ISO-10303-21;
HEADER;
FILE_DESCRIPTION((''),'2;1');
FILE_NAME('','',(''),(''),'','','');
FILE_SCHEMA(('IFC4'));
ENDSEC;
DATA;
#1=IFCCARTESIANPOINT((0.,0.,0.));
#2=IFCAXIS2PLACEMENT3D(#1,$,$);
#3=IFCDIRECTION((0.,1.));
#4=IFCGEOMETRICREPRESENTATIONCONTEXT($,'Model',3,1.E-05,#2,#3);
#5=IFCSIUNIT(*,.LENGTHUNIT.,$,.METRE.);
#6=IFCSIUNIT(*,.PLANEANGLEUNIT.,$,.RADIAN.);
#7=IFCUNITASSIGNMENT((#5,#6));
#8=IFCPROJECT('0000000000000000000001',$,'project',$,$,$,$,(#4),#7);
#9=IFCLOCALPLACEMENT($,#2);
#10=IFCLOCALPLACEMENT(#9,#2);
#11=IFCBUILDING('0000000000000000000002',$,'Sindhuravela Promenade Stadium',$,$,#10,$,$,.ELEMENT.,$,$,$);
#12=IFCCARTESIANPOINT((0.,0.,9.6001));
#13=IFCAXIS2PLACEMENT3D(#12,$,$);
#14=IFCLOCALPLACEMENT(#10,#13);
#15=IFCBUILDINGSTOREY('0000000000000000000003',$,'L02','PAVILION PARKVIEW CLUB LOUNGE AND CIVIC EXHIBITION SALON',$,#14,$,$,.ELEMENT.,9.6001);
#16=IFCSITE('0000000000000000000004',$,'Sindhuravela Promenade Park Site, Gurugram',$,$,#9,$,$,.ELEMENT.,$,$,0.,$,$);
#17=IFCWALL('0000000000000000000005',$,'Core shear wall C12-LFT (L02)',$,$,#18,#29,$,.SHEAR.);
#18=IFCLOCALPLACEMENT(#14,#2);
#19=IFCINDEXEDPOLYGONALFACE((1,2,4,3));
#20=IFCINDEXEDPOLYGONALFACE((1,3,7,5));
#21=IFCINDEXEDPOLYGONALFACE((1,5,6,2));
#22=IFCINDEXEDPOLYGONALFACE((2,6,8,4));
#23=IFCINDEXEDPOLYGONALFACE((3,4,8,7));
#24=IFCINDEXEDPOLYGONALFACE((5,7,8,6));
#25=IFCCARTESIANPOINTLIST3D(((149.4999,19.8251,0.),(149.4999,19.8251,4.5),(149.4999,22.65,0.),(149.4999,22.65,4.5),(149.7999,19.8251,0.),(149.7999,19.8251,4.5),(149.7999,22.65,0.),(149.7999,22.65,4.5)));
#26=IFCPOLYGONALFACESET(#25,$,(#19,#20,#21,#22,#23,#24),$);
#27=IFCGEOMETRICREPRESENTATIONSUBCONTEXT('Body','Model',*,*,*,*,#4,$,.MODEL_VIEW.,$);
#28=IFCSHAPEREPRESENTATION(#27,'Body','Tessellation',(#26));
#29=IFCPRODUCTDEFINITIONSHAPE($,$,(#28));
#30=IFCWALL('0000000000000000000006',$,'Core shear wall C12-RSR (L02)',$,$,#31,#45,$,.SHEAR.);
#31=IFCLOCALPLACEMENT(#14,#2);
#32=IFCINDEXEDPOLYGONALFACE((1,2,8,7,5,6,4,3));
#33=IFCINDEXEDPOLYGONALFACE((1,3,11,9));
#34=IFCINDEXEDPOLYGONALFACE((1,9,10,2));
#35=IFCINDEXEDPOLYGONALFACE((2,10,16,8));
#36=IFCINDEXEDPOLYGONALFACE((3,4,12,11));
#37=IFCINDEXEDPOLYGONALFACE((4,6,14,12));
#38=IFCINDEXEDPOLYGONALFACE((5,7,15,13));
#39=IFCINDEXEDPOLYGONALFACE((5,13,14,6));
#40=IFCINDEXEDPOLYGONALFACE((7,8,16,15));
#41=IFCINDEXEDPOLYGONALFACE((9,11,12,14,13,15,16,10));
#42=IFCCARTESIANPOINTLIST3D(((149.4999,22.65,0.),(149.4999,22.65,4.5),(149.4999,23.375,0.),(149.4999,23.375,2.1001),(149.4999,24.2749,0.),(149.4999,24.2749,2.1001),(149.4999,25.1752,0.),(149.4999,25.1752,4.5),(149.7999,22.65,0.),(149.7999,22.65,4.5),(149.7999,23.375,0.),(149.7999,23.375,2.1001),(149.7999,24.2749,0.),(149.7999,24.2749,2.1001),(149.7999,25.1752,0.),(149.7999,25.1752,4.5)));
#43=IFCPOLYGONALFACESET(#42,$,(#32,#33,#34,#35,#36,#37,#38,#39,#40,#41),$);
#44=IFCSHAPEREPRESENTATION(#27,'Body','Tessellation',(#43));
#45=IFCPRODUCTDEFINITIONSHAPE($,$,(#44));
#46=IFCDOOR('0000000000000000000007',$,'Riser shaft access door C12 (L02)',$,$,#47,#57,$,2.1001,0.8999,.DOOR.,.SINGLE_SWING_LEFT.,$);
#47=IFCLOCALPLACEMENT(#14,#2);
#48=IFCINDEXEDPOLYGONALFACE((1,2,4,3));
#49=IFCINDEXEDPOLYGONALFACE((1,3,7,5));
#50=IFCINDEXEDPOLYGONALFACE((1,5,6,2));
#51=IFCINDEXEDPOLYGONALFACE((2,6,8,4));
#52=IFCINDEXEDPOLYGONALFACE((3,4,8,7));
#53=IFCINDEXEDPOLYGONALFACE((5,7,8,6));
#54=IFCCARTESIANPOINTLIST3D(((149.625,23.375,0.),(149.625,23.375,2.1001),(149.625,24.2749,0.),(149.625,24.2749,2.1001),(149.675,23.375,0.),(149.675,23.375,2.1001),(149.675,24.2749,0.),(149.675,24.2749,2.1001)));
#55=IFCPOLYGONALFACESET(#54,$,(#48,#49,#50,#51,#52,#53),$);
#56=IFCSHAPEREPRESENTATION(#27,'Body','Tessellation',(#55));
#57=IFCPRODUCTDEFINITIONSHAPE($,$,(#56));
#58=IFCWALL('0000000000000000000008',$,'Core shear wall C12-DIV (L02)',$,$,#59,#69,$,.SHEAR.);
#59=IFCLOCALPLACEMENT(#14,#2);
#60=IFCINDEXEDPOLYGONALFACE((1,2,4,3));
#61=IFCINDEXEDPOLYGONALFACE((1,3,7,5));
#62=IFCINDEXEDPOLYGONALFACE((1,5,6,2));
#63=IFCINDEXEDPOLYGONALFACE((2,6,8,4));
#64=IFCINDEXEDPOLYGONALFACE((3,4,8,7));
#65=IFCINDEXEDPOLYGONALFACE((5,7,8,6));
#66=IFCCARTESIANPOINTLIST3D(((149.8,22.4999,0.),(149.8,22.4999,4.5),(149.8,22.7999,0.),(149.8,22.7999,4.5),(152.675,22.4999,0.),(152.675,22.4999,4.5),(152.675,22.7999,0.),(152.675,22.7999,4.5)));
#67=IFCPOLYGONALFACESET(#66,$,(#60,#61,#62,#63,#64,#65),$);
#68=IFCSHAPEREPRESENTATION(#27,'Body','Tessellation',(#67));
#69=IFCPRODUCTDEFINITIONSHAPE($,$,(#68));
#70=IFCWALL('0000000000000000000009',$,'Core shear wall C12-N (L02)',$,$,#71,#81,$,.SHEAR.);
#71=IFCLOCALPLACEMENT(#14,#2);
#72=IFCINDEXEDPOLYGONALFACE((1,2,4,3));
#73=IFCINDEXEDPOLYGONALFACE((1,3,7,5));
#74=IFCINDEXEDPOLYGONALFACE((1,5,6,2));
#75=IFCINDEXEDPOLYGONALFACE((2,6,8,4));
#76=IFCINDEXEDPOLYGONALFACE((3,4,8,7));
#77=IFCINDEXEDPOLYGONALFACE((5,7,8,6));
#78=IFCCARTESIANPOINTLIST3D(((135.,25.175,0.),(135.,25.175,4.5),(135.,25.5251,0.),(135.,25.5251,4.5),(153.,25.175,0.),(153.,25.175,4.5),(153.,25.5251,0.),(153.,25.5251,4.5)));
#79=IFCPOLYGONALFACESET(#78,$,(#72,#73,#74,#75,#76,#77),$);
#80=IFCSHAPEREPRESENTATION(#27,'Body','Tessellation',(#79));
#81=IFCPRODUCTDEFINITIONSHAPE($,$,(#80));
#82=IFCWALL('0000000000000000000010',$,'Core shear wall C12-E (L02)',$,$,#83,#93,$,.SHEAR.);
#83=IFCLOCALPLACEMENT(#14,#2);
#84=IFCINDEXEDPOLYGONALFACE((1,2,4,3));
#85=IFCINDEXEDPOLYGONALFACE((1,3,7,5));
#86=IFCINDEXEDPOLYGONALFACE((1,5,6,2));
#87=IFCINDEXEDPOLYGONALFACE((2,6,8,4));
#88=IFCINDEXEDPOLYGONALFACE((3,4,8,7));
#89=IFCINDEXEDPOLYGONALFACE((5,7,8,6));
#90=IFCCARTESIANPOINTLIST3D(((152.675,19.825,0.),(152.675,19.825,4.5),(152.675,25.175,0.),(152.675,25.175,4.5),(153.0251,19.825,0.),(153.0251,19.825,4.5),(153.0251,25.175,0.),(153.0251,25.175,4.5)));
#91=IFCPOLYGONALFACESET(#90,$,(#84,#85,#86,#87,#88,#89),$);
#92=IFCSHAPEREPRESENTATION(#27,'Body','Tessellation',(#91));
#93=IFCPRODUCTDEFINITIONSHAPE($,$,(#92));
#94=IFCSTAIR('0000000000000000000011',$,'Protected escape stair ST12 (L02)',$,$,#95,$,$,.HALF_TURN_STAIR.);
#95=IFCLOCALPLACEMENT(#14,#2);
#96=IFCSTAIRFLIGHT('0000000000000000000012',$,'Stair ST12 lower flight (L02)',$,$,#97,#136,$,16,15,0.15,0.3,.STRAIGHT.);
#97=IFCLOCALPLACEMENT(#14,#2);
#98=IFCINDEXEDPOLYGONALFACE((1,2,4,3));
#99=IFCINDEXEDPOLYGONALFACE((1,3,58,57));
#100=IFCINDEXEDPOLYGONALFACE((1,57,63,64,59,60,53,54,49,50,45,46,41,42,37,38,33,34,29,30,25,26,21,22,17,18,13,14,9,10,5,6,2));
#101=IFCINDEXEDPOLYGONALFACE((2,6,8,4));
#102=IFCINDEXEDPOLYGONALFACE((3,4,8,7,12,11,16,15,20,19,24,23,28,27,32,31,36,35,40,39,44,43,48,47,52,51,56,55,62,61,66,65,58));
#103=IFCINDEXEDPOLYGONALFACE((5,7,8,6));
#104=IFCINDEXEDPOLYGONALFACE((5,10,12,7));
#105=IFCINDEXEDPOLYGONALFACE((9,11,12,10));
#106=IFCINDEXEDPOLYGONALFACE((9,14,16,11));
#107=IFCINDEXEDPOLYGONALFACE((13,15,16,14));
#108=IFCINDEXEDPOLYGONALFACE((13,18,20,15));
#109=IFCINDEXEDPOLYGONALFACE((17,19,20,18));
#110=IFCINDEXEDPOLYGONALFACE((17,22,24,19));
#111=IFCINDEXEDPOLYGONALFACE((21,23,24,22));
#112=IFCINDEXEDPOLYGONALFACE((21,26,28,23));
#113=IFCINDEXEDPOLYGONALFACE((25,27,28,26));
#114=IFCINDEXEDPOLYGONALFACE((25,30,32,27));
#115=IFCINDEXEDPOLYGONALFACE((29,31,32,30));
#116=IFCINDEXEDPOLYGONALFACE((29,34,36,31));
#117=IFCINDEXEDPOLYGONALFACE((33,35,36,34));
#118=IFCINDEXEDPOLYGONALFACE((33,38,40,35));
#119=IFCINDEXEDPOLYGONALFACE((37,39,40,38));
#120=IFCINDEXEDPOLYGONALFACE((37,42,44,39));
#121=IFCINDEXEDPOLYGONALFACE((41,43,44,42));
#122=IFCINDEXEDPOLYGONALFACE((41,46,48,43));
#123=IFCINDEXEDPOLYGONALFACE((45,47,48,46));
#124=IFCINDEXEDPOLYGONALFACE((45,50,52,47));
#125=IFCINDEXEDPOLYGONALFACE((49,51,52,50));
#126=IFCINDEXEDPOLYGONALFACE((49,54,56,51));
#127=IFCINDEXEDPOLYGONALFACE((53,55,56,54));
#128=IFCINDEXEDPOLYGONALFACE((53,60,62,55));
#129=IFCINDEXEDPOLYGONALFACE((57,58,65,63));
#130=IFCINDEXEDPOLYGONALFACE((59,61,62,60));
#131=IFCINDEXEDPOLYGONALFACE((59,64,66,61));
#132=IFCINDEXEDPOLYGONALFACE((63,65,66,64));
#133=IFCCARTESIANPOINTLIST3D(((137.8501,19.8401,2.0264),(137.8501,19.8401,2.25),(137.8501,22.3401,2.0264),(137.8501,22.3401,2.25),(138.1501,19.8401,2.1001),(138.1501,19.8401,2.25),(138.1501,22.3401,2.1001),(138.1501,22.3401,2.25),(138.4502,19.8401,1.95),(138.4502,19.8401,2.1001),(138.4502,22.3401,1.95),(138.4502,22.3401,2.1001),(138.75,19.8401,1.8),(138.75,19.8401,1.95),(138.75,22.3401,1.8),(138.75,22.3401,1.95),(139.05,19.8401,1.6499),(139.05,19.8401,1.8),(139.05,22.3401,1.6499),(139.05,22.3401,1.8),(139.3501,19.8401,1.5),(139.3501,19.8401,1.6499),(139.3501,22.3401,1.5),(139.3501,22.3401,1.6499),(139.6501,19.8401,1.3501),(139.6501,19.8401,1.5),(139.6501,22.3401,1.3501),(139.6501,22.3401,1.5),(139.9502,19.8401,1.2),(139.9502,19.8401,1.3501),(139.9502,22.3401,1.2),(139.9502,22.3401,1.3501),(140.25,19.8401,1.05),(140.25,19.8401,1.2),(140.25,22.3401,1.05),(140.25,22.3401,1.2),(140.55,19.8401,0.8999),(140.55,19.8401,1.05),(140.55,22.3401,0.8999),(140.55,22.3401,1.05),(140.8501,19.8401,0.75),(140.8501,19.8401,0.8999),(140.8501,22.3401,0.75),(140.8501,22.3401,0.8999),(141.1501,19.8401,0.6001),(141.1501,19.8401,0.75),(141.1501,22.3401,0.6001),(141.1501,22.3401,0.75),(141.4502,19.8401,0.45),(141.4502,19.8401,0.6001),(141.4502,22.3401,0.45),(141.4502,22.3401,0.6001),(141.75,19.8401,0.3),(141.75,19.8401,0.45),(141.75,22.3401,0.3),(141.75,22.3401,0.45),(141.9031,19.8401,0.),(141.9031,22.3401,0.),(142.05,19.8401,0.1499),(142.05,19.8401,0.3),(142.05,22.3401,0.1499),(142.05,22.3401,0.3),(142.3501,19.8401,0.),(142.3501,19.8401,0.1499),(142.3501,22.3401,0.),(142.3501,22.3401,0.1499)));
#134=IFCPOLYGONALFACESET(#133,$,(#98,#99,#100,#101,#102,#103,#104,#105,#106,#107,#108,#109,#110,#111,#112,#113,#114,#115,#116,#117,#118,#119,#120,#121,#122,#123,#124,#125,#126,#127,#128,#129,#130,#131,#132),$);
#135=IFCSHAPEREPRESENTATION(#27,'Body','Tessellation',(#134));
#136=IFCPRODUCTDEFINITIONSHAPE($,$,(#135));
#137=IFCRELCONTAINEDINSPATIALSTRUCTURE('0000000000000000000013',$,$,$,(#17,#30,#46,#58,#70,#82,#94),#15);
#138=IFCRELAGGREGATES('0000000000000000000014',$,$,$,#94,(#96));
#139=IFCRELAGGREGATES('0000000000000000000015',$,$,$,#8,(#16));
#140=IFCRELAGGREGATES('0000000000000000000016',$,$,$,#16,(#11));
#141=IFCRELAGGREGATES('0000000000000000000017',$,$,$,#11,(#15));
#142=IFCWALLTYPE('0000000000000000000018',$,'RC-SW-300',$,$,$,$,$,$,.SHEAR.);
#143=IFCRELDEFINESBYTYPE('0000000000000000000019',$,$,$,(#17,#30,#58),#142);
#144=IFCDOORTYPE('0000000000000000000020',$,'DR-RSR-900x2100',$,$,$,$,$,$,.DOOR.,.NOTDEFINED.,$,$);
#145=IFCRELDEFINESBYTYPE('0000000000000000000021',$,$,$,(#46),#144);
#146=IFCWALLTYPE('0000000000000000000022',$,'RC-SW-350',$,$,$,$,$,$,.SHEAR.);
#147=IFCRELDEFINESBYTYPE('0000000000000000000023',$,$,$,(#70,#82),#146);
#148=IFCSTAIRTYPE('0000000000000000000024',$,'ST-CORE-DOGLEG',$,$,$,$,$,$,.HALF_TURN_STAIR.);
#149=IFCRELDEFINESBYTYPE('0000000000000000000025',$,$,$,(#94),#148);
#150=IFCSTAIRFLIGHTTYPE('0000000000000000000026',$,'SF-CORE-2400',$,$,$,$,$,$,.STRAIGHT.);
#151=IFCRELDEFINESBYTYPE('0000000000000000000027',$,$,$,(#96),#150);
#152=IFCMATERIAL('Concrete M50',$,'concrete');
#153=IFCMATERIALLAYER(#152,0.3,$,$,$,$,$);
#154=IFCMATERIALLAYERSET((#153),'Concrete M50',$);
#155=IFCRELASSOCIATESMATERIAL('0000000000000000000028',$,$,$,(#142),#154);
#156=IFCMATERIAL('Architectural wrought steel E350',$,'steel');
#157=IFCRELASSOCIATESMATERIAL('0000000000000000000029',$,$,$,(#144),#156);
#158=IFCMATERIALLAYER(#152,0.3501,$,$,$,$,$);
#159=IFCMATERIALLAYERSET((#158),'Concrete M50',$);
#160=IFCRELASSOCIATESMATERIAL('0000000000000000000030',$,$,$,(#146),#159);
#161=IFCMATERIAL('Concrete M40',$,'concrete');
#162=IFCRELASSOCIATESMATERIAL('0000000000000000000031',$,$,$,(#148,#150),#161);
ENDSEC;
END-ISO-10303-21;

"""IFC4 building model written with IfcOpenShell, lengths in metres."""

from ifc_helpers import new_model, si_unit, direction, frame, frame_2d, origin, place, context, subcontext, project, spatial, polyline, rectangle, outline, extrude, material, layer, layer_set, type_object, element, fill, aggregate, save


model = new_model("IFC4")

# Units and contexts
model_context = context("Model", 3, precision=1e-05, world=origin(), true_north=direction((0.0, 1.0)))
body_context = subcontext(model_context, "Body", "Model", "MODEL_VIEW")
ifc_project = project(units=[si_unit("LENGTHUNIT", "METRE"), si_unit("PLANEANGLEUNIT", "RADIAN")], contexts=[model_context])

# Site, building, storey
site_placement = place(None, origin())
site = spatial("IfcSite", under=ifc_project, at=site_placement, Name="Sindhuravela Promenade Park Site, Gurugram", CompositionType="ELEMENT", RefElevation=0.0)
building_placement = place(site_placement, origin())
building = spatial("IfcBuilding", under=site, at=building_placement, Name="Sindhuravela Promenade Stadium", CompositionType="ELEMENT")
storey_placement = place(building_placement, frame((0.0, 0.0, 9.6001)))
storey = spatial("IfcBuildingStorey", under=building, at=storey_placement, Name="L02", Description="PAVILION PARKVIEW CLUB LOUNGE AND CIVIC EXHIBITION SALON", CompositionType="ELEMENT", Elevation=9.6001)

# Shared definitions
ifc_material_1 = material(Name="Concrete M40", Category="concrete")

# Shared definitions
ifc_material_2 = material(Name="Concrete M50", Category="concrete")
ifc_layer_1 = layer(ifc_material_2, 0.3)
ifc_layer_set_1 = layer_set([ifc_layer_1], Name="Concrete M50")
wall_type_1 = type_object("IfcWallType", Name="RC-SW-300", PredefinedType="SHEAR", material=ifc_layer_set_1)
ifc_material_3 = material(Name="Architectural wrought steel E350", Category="steel")

# Wall
wall_1_placement = place(storey_placement, frame((149.6499, 19.825, 0.0), z_axis=(0.0, 0.0, 1.0), x_axis=(0.0, 1.0, 0.0)))
element("IfcWall", 1, at=wall_1_placement, inside=storey, type_object=wall_type_1, Name="Core shear wall C12-LFT (L02)", PredefinedType="SHEAR", context=body_context, shape_type="SweptSolid", body=[
    extrude(rectangle(XDim=2.825, YDim=0.3, at=frame_2d((1.4126, 0.0))), origin(), (0.0, 0.0, 1.0), 4.5),
])

# Wall, opening, door
wall_2_placement = place(storey_placement, frame((149.6499, 22.6499, 0.0), z_axis=(0.0, 0.0, 1.0), x_axis=(0.0, 1.0, 0.0)))
wall_2 = element("IfcWall", 2, at=wall_2_placement, inside=storey, type_object=wall_type_1, Name="Core shear wall C12-RSR (L02)", PredefinedType="SHEAR", context=body_context, shape_type="SweptSolid", body=[
    extrude(rectangle(XDim=2.5251, YDim=0.3, at=frame_2d((1.2627, 0.0))), origin(), (0.0, 0.0, 1.0), 4.5),
])
opening_1_placement = place(wall_2_placement, frame((0.7251, 0.0, 0.0)))
opening_1 = element("IfcOpeningElement", 3, at=opening_1_placement, cuts=wall_2, PredefinedType="OPENING", context=body_context, shape_type="SweptSolid", body=[
    extrude(rectangle(XDim=0.8999, YDim=2.1001, at=frame_2d((0.45, 1.05))), frame((0.0, 0.1599, 0.0), z_axis=(0.0, -1.0, 0.0), x_axis=(1.0, 0.0, 0.0)), (0.0, 0.0, 1.0), 0.3201),
])
door_type_1 = type_object("IfcDoorType", Name="DR-RSR-900x2100", OperationType="NOTDEFINED", PredefinedType="DOOR", material=ifc_material_3)
door_1_placement = place(opening_1_placement, origin())
door_1 = element("IfcDoor", 4, at=door_1_placement, inside=storey, type_object=door_type_1, Name="Riser shaft access door C12 (L02)", OperationType="SINGLE_SWING_LEFT", OverallHeight=2.1001, OverallWidth=0.8999, PredefinedType="DOOR", context=body_context, shape_type="SweptSolid", body=[
    extrude(rectangle(XDim=0.8999, YDim=2.1001, at=frame_2d((0.45, 1.05))), frame((0.0, 0.0249, 0.0), z_axis=(0.0, -1.0, 0.0), x_axis=(1.0, 0.0, 0.0)), (0.0, 0.0, 1.0), 0.05),
])
fill(opening_1, door_1)

# Walls
wall_3_placement = place(storey_placement, frame((149.8, 22.6499, 0.0), z_axis=(0.0, 0.0, 1.0), x_axis=(1.0, 0.0, 0.0)))
element("IfcWall", 5, at=wall_3_placement, inside=storey, type_object=wall_type_1, Name="Core shear wall C12-DIV (L02)", PredefinedType="SHEAR", context=body_context, shape_type="SweptSolid", body=[
    extrude(rectangle(XDim=2.875, YDim=0.3, at=frame_2d((1.4375, 0.0))), origin(), (0.0, 0.0, 1.0), 4.5),
])
ifc_layer_2 = layer(ifc_material_2, 0.3501)
ifc_layer_set_2 = layer_set([ifc_layer_2], Name="Concrete M50")
wall_type_2 = type_object("IfcWallType", Name="RC-SW-350", PredefinedType="SHEAR", material=ifc_layer_set_2)
wall_4_placement = place(storey_placement, frame((153.0, 25.3501, 0.0), z_axis=(0.0, 0.0, 1.0), x_axis=(-1.0, 0.0, 0.0)))
element("IfcWall", 6, at=wall_4_placement, inside=storey, type_object=wall_type_2, Name="Core shear wall C12-N (L02)", PredefinedType="SHEAR", context=body_context, shape_type="SweptSolid", body=[
    extrude(rectangle(XDim=18.0, YDim=0.3501, at=frame_2d((9.0, 0.0))), origin(), (0.0, 0.0, 1.0), 4.5),
])
wall_5_placement = place(storey_placement, frame((152.8501, 19.825, 0.0), z_axis=(0.0, 0.0, 1.0), x_axis=(0.0, 1.0, 0.0)))
element("IfcWall", 7, at=wall_5_placement, inside=storey, type_object=wall_type_2, Name="Core shear wall C12-E (L02)", PredefinedType="SHEAR", context=body_context, shape_type="SweptSolid", body=[
    extrude(rectangle(XDim=5.3501, YDim=0.3501, at=frame_2d((2.675, 0.0))), origin(), (0.0, 0.0, 1.0), 4.5),
])

# Stair, stair flight
stair_type = type_object("IfcStairType", Name="ST-CORE-DOGLEG", PredefinedType="HALF_TURN_STAIR", material=ifc_material_1)
stair_placement = place(storey_placement, origin())
stair = element("IfcStair", 8, at=stair_placement, inside=storey, type_object=stair_type, Name="Protected escape stair ST12 (L02)", PredefinedType="HALF_TURN_STAIR")
stair_flight_type = type_object("IfcStairFlightType", Name="SF-CORE-2400", PredefinedType="STRAIGHT", material=ifc_material_1)
stair_flight_placement = place(storey_placement, frame((142.3501, 21.0901, 0.0), z_axis=(0.0, 0.0, 1.0), x_axis=(-1.0, 0.0, 0.0)))
stair_flight = element("IfcStairFlight", 9, at=stair_flight_placement, type_object=stair_flight_type, Name="Stair ST12 lower flight (L02)", NumberOfRisers=16, NumberOfTreads=15, PredefinedType="STRAIGHT", RiserHeight=0.15, TreadLength=0.3, context=body_context, shape_type="SweptSolid", body=[
    extrude(outline(polyline([(0.0, 0.0), (0.0, 0.1499), (0.3, 0.1499), (0.3, 0.3), (0.6001, 0.3), (0.6001, 0.45), (0.8999, 0.45), (0.8999, 0.6001), (1.2, 0.6001), (1.2, 0.75), (1.5, 0.75), (1.5, 0.8999), (1.8, 0.8999), (1.8, 1.05), (2.1001, 1.05), (2.1001, 1.2), (2.3999, 1.2), (2.3999, 1.3501), (2.7, 1.3501), (2.7, 1.5), (3.0, 1.5), (3.0, 1.6499), (3.3, 1.6499), (3.3, 1.8), (3.6001, 1.8), (3.6001, 1.95), (3.8999, 1.95), (3.8999, 2.1001), (4.2, 2.1001), (4.2, 2.25), (4.5, 2.25), (4.5, 2.3999), (4.5, 2.0264), (0.447, 0.0), (0.0, 0.0)])), frame((0.0, 1.25, 0.0), z_axis=(0.0, -1.0, 0.0), x_axis=(1.0, 0.0, 0.0)), (0.0, 0.0, 1.0), 2.5),
])
aggregate(stair, [stair_flight])

save(model, "model.ifc")
